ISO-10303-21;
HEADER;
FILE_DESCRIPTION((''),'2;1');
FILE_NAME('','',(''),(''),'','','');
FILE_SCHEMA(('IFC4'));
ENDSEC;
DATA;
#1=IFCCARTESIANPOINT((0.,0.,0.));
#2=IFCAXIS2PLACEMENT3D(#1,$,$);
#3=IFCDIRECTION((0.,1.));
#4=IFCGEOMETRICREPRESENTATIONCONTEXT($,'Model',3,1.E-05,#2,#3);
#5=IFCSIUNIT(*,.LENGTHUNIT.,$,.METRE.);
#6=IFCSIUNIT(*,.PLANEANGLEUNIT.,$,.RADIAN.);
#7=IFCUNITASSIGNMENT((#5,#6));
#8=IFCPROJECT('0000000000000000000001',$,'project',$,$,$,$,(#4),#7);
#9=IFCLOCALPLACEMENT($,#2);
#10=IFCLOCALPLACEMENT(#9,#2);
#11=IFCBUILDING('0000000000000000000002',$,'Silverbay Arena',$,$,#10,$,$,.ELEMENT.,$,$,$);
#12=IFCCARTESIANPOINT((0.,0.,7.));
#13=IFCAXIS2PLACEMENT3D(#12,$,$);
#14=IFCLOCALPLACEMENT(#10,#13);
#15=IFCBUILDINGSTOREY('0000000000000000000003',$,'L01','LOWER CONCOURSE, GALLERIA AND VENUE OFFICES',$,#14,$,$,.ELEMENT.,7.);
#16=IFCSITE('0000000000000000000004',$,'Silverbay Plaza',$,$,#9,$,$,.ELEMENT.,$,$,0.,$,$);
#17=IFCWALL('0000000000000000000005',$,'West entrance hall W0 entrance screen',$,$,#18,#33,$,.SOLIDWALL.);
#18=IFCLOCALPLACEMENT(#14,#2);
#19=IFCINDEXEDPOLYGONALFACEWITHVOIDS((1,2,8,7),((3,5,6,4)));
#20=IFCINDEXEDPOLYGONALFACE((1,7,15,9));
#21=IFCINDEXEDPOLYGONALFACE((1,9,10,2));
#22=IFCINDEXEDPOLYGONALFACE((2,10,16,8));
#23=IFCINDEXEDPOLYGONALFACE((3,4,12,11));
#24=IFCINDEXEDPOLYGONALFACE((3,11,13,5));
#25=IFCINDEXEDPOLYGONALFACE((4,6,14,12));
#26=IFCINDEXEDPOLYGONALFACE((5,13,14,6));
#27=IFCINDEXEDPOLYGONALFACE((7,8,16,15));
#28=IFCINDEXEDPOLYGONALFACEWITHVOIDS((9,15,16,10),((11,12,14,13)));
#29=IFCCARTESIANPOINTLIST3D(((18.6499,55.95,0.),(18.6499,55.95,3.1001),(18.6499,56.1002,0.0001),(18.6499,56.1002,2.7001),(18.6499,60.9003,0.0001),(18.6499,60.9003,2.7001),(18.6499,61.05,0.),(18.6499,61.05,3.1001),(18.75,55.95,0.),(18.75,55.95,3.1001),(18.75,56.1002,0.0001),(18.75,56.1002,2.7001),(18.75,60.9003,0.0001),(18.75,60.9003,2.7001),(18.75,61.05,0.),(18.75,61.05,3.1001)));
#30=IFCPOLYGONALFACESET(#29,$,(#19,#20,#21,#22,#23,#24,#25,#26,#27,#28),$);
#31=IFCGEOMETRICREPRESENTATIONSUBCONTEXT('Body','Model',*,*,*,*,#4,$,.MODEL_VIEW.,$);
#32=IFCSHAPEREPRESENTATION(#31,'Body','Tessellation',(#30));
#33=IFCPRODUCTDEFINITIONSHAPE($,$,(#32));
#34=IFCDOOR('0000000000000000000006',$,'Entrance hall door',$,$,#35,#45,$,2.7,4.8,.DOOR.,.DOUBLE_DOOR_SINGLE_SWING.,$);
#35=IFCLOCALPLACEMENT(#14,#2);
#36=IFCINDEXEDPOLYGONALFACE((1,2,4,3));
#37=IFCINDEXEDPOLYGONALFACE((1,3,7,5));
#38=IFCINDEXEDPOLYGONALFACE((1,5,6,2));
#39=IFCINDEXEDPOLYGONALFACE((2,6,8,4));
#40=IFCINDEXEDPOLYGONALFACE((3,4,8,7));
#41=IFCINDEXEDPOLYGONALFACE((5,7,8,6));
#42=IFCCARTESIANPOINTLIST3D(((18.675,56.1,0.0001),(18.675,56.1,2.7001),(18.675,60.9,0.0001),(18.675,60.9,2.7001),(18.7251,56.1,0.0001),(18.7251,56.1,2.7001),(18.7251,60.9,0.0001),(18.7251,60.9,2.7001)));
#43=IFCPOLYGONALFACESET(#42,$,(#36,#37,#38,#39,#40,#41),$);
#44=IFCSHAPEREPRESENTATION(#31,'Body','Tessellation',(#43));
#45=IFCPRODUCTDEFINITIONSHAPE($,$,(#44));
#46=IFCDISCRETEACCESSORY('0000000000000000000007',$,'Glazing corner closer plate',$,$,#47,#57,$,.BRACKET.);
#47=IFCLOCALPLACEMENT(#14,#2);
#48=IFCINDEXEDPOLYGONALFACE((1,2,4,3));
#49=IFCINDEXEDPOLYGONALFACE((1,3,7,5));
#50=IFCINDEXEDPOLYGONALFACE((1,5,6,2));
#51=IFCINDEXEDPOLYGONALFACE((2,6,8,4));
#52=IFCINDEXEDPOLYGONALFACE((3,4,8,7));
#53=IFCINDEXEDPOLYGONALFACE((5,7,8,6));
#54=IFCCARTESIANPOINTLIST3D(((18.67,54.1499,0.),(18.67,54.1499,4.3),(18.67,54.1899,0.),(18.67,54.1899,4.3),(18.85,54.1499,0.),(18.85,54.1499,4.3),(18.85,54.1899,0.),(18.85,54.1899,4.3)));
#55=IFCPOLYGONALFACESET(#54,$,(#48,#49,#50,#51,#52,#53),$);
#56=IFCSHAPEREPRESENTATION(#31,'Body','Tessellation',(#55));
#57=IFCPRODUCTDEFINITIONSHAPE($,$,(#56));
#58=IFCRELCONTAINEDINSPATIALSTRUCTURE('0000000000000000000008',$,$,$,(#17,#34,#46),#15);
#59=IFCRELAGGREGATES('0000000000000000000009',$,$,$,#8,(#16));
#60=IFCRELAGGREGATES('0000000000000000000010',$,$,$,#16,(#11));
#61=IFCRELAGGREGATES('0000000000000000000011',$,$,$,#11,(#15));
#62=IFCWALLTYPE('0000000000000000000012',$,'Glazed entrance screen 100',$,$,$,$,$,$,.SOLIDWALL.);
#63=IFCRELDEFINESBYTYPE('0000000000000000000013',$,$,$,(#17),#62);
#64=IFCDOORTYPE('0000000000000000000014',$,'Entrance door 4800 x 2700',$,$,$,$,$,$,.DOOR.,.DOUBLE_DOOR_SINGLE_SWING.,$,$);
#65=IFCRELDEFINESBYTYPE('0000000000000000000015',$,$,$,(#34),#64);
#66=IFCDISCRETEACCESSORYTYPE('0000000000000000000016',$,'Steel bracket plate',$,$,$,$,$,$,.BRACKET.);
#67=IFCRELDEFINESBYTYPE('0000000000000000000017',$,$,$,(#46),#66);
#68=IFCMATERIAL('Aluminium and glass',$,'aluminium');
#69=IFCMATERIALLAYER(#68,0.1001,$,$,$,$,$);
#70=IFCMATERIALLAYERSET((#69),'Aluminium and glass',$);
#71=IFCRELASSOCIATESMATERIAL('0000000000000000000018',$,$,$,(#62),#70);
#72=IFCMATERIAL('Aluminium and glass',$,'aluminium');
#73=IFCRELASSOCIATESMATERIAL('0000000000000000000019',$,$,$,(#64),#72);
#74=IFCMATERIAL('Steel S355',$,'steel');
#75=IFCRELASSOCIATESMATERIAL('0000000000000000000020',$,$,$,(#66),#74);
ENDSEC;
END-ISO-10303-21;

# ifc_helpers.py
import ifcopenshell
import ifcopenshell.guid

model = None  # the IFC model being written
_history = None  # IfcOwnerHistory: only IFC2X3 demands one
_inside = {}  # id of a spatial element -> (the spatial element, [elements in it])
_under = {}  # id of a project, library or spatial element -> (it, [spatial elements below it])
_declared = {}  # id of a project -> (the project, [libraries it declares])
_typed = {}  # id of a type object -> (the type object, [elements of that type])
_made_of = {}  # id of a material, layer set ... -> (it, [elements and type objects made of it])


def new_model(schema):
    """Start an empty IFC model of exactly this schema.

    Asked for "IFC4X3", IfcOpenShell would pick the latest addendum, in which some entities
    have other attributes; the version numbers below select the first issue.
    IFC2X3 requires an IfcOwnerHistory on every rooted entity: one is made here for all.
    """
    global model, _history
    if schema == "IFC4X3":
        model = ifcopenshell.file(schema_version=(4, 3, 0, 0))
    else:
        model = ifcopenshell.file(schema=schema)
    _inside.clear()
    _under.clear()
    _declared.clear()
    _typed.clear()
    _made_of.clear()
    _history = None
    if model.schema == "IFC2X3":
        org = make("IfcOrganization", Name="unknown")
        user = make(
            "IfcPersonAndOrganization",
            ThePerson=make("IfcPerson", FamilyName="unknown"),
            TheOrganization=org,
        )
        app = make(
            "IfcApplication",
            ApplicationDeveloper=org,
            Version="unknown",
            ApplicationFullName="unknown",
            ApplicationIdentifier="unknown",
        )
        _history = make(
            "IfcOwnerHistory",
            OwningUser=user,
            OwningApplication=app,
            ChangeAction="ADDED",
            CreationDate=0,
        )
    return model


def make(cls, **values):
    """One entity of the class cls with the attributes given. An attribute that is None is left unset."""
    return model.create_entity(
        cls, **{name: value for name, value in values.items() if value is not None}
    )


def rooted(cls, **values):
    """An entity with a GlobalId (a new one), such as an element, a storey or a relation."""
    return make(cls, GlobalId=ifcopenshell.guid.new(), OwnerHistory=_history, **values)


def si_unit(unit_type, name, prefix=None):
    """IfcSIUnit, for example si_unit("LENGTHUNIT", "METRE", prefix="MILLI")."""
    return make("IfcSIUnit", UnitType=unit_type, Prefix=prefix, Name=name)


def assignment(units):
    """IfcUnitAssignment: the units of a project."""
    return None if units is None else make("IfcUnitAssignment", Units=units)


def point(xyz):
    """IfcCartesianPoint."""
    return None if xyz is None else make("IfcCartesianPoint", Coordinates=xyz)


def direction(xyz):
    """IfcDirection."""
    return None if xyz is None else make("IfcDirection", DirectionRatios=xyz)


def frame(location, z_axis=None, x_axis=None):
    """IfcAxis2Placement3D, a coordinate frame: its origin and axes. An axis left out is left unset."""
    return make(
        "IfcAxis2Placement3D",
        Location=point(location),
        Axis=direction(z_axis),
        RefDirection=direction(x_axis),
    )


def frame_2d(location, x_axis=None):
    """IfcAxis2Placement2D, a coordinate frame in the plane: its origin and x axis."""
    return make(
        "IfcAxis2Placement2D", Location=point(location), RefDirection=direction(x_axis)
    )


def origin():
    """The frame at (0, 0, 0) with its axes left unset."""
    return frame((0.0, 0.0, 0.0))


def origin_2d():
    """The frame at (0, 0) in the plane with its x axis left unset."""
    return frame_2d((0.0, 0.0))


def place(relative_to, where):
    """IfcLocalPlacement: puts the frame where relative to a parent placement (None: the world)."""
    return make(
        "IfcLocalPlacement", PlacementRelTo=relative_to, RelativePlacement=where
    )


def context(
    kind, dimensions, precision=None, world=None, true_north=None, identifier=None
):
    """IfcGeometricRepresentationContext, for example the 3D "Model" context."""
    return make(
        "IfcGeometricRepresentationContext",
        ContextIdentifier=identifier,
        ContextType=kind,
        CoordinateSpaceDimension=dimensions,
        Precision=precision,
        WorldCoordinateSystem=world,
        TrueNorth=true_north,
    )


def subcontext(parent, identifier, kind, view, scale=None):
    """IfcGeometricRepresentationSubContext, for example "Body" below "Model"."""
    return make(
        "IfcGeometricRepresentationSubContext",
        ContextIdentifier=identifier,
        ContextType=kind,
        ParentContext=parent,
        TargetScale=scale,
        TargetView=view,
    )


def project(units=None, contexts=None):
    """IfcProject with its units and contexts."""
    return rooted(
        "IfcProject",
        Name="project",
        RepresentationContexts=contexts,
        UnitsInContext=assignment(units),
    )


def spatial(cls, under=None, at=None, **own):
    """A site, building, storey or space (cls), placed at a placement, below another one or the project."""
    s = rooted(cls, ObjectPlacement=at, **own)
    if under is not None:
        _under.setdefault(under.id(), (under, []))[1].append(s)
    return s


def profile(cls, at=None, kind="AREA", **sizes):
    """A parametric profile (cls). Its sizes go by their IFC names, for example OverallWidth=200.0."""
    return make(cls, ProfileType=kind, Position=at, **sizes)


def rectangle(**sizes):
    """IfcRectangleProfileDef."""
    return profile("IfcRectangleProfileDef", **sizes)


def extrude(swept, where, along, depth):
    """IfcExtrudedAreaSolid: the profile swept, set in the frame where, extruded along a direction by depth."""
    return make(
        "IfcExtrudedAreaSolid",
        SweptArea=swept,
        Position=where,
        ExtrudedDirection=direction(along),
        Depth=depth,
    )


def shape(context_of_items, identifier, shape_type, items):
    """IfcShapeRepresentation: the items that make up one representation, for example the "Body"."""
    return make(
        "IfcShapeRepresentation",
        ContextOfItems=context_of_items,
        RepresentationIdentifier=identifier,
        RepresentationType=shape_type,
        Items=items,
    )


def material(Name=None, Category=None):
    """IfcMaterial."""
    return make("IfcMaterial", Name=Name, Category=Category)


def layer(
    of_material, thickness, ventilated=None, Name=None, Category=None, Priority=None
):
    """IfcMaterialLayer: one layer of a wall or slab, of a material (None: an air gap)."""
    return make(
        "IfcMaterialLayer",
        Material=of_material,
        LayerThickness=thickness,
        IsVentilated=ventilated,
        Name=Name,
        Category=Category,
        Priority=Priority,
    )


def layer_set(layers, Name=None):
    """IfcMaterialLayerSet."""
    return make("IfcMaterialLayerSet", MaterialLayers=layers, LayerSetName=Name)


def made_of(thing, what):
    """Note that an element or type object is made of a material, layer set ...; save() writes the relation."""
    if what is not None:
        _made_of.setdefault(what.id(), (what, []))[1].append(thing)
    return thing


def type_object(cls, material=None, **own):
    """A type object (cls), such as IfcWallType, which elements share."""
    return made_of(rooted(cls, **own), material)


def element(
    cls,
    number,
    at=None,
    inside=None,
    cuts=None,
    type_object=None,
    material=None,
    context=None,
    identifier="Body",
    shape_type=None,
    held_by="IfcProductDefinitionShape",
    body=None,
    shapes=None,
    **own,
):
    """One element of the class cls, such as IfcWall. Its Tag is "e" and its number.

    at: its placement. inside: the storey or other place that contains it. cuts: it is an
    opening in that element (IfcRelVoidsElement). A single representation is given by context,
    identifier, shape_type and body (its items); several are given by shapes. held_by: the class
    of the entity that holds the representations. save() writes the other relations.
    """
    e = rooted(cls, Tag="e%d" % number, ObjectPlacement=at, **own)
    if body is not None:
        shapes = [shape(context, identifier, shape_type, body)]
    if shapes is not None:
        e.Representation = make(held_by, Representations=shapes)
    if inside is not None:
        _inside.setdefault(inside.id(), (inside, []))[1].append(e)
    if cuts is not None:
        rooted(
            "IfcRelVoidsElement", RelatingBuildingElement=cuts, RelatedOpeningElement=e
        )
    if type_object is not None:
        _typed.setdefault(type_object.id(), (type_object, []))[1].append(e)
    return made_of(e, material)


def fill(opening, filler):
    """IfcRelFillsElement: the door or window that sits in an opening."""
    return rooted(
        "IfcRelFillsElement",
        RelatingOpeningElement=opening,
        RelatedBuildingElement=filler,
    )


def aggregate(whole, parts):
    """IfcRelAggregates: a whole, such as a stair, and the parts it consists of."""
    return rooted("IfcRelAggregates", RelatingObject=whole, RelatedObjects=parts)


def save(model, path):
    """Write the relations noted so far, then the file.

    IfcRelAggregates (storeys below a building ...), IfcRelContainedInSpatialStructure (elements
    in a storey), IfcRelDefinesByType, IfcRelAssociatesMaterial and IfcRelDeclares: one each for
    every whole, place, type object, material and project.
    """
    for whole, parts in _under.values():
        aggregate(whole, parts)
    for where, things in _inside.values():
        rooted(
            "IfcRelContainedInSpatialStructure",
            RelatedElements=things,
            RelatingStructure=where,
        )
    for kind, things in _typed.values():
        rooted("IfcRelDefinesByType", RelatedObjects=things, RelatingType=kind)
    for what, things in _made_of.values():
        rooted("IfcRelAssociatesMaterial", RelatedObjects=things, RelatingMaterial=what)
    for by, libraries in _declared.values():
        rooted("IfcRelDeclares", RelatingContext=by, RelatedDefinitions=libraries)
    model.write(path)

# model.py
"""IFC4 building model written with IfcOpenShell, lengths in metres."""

from ifc_helpers import new_model, si_unit, direction, frame, frame_2d, origin, origin_2d, place, context, subcontext, project, spatial, rectangle, extrude, material, layer, layer_set, type_object, element, fill, save


model = new_model("IFC4")

# Units and contexts
model_context = context("Model", 3, precision=1e-05, world=origin(), true_north=direction((0.0, 1.0)))
body_context = subcontext(model_context, "Body", "Model", "MODEL_VIEW")
ifc_project = project(units=[si_unit("LENGTHUNIT", "METRE"), si_unit("PLANEANGLEUNIT", "RADIAN")], contexts=[model_context])

# Site, building, storey
site_placement = place(None, origin())
site = spatial("IfcSite", under=ifc_project, at=site_placement, Name="Silverbay Plaza", CompositionType="ELEMENT", RefElevation=0.0)
building_placement = place(site_placement, origin())
building = spatial("IfcBuilding", under=site, at=building_placement, Name="Silverbay Arena", CompositionType="ELEMENT")
storey_placement = place(building_placement, frame((0.0, 0.0, 7.0)))
storey = spatial("IfcBuildingStorey", under=building, at=storey_placement, Name="L01", Description="LOWER CONCOURSE, GALLERIA AND VENUE OFFICES", CompositionType="ELEMENT", Elevation=7.0)

# Wall, opening, door
ifc_material_1 = material(Name="Aluminium and glass", Category="aluminium")
ifc_layer_1 = layer(ifc_material_1, 0.1001)
ifc_layer_set_1 = layer_set([ifc_layer_1], Name="Aluminium and glass")
wall_type = type_object("IfcWallType", Name="Glazed entrance screen 100", PredefinedType="SOLIDWALL", material=ifc_layer_set_1)
wall_placement = place(storey_placement, frame((18.7, 61.05, 0.0), z_axis=(0.0, 0.0, 1.0), x_axis=(0.0, -1.0, 0.0)))
wall = element("IfcWall", 1, at=wall_placement, inside=storey, type_object=wall_type, Name="West entrance hall W0 entrance screen", PredefinedType="SOLIDWALL", context=body_context, shape_type="SweptSolid", body=[
    extrude(rectangle(XDim=5.1001, YDim=0.1001, at=frame_2d((2.55, 0.0))), origin(), (0.0, 0.0, 1.0), 3.1001),
])
opening_placement = place(wall_placement, frame((0.1499, 0.0, 0.0)))
opening = element("IfcOpeningElement", 2, at=opening_placement, cuts=wall, PredefinedType="OPENING", context=body_context, shape_type="SweptSolid", body=[
    extrude(rectangle(XDim=4.8, YDim=2.7, at=frame_2d((2.3999, 1.3501))), frame((0.0, 0.0601, 0.0), z_axis=(0.0, -1.0, 0.0), x_axis=(1.0, 0.0, 0.0)), (0.0, 0.0, 1.0), 0.1201),
])
ifc_material_2 = material(Name="Aluminium and glass", Category="aluminium")
door_type = type_object("IfcDoorType", Name="Entrance door 4800 x 2700", OperationType="DOUBLE_DOOR_SINGLE_SWING", PredefinedType="DOOR", material=ifc_material_2)
door_placement = place(opening_placement, frame((4.8, 0.0, 0.0), z_axis=(0.0, 0.0, 1.0), x_axis=(-1.0, 0.0, 0.0)))
door = element("IfcDoor", 3, at=door_placement, inside=storey, type_object=door_type, Name="Entrance hall door", OperationType="DOUBLE_DOOR_SINGLE_SWING", OverallHeight=2.7, OverallWidth=4.8, PredefinedType="DOOR", context=body_context, shape_type="SweptSolid", body=[
    extrude(rectangle(XDim=4.8, YDim=2.7, at=frame_2d((2.3999, 1.3501))), frame((0.0, 0.0249, 0.0), z_axis=(0.0, -1.0, 0.0), x_axis=(1.0, 0.0, 0.0)), (0.0, 0.0, 1.0), 0.05),
])
fill(opening, door)

# Discrete accessory
ifc_material_3 = material(Name="Steel S355", Category="steel")
discrete_accessory_type = type_object("IfcDiscreteAccessoryType", Name="Steel bracket plate", PredefinedType="BRACKET", material=ifc_material_3)
discrete_accessory_placement = place(storey_placement, frame((18.76, 54.1699, 0.0), z_axis=(0.0, 0.0, 1.0), x_axis=(1.0, 0.0, 0.0)))
element("IfcDiscreteAccessory", 4, at=discrete_accessory_placement, inside=storey, type_object=discrete_accessory_type, Name="Glazing corner closer plate", PredefinedType="BRACKET", context=body_context, shape_type="SweptSolid", body=[
    extrude(rectangle(XDim=0.1799, YDim=0.04, at=origin_2d()), origin(), (0.0, 0.0, 1.0), 4.3),
])

save(model, "model.ifc")
